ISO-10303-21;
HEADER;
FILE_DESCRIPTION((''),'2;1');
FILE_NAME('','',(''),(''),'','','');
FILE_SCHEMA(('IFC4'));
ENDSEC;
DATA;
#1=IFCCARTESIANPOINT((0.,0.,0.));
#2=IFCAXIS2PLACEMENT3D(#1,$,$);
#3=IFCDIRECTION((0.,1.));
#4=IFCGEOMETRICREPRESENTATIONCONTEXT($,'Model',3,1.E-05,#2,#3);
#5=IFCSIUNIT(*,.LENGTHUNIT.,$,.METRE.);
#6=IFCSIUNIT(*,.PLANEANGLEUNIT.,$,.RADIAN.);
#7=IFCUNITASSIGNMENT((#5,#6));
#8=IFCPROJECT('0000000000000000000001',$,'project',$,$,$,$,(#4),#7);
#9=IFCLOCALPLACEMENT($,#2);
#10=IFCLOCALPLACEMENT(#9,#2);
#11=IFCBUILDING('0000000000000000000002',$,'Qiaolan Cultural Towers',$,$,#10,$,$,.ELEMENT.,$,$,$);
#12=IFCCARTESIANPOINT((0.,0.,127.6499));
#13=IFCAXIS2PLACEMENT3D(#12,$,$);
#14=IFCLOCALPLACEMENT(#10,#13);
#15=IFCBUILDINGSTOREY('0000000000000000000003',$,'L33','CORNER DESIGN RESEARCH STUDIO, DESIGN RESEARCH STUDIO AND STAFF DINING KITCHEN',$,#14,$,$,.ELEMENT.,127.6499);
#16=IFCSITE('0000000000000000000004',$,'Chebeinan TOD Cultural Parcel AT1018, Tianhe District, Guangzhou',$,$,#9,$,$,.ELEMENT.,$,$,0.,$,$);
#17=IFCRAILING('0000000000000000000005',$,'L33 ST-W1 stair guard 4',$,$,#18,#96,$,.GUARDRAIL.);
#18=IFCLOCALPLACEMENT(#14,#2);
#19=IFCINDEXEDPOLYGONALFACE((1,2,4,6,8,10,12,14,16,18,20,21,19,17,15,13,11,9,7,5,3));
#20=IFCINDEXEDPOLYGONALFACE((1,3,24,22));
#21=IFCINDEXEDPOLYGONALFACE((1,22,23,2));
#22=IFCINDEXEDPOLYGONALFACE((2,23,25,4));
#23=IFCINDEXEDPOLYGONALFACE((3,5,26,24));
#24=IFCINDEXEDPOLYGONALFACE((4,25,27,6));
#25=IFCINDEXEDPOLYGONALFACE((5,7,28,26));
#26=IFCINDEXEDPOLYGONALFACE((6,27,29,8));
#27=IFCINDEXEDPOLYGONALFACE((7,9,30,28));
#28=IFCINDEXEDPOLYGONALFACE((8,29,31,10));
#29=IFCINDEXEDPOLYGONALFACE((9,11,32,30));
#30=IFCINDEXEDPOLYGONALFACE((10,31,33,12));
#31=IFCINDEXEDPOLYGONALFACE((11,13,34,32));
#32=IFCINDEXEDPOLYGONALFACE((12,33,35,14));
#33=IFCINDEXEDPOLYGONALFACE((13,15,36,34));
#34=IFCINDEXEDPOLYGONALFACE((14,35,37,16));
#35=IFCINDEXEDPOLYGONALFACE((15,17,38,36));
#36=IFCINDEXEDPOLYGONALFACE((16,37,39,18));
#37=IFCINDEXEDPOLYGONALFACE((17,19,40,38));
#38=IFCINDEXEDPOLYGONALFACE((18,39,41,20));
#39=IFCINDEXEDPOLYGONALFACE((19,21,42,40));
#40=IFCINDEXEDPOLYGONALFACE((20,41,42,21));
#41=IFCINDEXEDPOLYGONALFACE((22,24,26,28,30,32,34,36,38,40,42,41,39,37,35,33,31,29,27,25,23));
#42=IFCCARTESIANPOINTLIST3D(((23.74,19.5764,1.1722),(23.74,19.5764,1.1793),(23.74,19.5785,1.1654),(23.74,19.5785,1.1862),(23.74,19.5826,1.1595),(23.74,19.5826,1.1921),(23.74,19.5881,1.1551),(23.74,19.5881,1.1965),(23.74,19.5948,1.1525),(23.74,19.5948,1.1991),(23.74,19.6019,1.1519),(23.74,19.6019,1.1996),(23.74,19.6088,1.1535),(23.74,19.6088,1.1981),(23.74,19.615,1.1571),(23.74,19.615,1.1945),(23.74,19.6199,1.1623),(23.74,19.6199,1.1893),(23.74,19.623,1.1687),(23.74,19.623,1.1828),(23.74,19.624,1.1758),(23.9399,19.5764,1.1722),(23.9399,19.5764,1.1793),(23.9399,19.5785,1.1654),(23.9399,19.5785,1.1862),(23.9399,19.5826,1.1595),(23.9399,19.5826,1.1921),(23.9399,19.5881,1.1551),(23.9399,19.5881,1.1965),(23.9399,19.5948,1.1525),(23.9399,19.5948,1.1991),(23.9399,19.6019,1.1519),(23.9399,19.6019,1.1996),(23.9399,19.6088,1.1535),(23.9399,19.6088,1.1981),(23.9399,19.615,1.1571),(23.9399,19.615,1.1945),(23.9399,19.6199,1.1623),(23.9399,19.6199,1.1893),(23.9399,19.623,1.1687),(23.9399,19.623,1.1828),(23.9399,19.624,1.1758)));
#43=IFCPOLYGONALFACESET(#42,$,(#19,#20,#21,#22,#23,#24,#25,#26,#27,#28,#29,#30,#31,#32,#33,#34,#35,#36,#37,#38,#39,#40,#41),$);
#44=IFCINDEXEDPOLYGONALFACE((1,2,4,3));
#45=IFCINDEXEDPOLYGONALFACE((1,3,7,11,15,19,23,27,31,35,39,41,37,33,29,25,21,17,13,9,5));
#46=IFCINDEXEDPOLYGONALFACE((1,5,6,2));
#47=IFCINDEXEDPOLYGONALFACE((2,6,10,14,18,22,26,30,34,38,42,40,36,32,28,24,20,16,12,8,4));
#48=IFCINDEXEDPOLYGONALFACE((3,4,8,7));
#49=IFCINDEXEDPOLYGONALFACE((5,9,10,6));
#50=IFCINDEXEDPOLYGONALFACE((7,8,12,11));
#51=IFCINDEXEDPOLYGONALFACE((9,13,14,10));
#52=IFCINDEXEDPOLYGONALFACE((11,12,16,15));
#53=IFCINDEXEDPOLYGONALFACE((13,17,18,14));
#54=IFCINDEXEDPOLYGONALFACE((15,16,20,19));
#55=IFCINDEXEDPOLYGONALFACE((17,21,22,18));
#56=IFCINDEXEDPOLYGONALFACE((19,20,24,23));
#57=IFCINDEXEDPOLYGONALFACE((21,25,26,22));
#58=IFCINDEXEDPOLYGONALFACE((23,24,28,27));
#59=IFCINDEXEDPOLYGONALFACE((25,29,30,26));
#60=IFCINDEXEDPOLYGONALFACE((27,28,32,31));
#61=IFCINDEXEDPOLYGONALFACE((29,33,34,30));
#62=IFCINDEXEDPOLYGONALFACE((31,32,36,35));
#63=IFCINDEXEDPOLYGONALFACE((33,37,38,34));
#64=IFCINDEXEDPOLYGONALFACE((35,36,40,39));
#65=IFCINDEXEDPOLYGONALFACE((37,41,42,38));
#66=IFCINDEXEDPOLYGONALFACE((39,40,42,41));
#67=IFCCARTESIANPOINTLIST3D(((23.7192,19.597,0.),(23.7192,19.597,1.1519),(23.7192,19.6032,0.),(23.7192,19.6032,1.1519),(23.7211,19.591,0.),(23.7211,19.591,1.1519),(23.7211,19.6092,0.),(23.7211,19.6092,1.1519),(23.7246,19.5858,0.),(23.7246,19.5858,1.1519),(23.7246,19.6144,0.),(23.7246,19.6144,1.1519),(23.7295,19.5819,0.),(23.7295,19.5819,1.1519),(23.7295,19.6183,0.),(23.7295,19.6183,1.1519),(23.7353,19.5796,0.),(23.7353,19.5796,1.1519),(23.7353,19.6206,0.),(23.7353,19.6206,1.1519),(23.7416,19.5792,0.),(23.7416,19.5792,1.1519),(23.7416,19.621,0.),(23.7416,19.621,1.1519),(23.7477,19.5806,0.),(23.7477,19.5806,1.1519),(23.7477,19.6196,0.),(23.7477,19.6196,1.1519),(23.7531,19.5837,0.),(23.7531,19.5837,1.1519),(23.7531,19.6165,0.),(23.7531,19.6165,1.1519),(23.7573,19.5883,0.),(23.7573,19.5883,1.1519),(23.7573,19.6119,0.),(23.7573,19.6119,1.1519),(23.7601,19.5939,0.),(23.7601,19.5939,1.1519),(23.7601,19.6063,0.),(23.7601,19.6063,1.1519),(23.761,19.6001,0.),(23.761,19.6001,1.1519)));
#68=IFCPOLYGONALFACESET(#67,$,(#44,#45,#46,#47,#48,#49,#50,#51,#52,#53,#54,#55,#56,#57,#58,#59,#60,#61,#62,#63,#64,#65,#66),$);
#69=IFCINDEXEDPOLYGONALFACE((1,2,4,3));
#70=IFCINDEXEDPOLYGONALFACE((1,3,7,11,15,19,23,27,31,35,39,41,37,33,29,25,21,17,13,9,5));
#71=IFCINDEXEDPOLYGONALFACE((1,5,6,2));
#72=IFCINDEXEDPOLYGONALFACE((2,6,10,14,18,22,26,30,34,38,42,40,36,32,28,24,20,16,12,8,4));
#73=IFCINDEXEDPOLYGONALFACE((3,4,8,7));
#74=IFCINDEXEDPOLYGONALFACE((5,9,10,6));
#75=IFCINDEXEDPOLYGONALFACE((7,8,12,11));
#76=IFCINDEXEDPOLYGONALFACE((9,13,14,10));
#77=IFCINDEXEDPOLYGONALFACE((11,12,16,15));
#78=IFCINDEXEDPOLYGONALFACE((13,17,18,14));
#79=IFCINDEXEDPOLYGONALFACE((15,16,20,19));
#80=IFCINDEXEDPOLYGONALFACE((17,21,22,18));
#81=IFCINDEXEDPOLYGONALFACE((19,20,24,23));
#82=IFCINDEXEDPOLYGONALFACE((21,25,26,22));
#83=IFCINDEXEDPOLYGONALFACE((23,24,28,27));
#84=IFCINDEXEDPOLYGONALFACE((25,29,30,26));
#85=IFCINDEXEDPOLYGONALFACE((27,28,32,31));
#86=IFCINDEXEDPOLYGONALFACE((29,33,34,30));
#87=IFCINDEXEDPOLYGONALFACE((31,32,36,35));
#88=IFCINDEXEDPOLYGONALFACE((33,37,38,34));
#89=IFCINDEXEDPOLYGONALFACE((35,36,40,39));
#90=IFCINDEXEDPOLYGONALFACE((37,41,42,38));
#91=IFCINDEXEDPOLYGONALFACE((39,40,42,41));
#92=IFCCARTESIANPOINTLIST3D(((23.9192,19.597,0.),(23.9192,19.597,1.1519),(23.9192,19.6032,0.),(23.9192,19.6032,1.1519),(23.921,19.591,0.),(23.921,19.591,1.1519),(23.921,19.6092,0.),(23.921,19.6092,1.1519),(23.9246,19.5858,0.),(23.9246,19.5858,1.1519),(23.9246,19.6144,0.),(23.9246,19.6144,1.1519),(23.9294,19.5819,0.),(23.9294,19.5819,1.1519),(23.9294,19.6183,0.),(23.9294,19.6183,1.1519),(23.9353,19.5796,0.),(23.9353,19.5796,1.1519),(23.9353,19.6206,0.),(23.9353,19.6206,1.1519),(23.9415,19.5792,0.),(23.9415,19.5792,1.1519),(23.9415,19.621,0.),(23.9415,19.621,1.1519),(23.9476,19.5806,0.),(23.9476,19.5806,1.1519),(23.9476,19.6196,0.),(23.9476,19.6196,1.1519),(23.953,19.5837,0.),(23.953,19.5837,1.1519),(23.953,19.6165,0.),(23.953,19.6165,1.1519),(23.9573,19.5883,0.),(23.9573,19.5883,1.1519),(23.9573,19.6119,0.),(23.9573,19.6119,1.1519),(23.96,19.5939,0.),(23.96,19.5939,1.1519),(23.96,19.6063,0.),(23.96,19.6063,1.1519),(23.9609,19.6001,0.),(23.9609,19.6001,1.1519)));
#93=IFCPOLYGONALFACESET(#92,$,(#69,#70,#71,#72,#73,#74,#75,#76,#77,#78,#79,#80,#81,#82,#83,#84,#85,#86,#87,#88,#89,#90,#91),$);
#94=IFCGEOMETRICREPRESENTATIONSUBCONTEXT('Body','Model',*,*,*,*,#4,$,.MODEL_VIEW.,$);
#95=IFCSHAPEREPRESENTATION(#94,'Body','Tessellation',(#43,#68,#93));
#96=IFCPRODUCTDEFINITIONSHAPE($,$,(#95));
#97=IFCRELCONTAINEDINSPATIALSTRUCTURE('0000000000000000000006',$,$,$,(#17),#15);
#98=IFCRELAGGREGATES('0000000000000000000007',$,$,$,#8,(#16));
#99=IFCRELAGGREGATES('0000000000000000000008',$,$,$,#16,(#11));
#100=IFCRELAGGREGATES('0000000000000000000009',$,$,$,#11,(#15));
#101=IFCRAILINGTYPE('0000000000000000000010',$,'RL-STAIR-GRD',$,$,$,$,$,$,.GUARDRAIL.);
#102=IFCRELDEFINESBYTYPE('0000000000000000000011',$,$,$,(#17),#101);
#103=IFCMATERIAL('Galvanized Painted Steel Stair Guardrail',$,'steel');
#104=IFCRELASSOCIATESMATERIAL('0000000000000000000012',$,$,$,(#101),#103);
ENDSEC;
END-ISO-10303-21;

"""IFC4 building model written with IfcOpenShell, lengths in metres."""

from ifc_helpers import new_model, si_unit, direction, frame, origin, origin_2d, place, context, subcontext, project, spatial, circle, extrude, material, type_object, element, save


model = new_model("IFC4")

# Units and contexts
model_context = context("Model", 3, precision=1e-05, world=origin(), true_north=direction((0.0, 1.0)))
body_context = subcontext(model_context, "Body", "Model", "MODEL_VIEW")
ifc_project = project(units=[si_unit("LENGTHUNIT", "METRE"), si_unit("PLANEANGLEUNIT", "RADIAN")], contexts=[model_context])

# Site, building, storey
site_placement = place(None, origin())
site = spatial("IfcSite", under=ifc_project, at=site_placement, Name="Chebeinan TOD Cultural Parcel AT1018, Tianhe District, Guangzhou", CompositionType="ELEMENT", RefElevation=0.0)
building_placement = place(site_placement, origin())
building = spatial("IfcBuilding", under=site, at=building_placement, Name="Qiaolan Cultural Towers", CompositionType="ELEMENT")
storey_placement = place(building_placement, frame((0.0, 0.0, 127.6499)))
storey = spatial("IfcBuildingStorey", under=building, at=storey_placement, Name="L33", Description="CORNER DESIGN RESEARCH STUDIO, DESIGN RESEARCH STUDIO AND STAFF DINING KITCHEN", CompositionType="ELEMENT", Elevation=127.6499)

# Railing
ifc_material_1 = material(Name="Galvanized Painted Steel Stair Guardrail", Category="steel")
railing_type_1 = type_object("IfcRailingType", Name="RL-STAIR-GRD", PredefinedType="GUARDRAIL", material=ifc_material_1)
railing_1_placement = place(storey_placement, frame((23.74, 19.6001, 0.0)))
element("IfcRailing", 1, at=railing_1_placement, inside=storey, type_object=railing_type_1, Name="L33 ST-W1 stair guard 4", PredefinedType="GUARDRAIL", context=body_context, shape_type="SweptSolid", body=[
    extrude(circle(Radius=0.0239, at=origin_2d()), frame((0.0, 0.0, 1.1758), z_axis=(1.0, 0.0, 0.0), x_axis=(0.0, 1.0, 0.0)), (0.0, 0.0, 1.0), 0.2),
    extrude(circle(Radius=0.021, at=origin_2d()), origin(), (0.0, 0.0, 1.0), 1.1519),
    extrude(circle(Radius=0.021, at=origin_2d()), frame((0.2, 0.0, 0.0)), (0.0, 0.0, 1.0), 1.1519),
])

save(model, "model.ifc")
